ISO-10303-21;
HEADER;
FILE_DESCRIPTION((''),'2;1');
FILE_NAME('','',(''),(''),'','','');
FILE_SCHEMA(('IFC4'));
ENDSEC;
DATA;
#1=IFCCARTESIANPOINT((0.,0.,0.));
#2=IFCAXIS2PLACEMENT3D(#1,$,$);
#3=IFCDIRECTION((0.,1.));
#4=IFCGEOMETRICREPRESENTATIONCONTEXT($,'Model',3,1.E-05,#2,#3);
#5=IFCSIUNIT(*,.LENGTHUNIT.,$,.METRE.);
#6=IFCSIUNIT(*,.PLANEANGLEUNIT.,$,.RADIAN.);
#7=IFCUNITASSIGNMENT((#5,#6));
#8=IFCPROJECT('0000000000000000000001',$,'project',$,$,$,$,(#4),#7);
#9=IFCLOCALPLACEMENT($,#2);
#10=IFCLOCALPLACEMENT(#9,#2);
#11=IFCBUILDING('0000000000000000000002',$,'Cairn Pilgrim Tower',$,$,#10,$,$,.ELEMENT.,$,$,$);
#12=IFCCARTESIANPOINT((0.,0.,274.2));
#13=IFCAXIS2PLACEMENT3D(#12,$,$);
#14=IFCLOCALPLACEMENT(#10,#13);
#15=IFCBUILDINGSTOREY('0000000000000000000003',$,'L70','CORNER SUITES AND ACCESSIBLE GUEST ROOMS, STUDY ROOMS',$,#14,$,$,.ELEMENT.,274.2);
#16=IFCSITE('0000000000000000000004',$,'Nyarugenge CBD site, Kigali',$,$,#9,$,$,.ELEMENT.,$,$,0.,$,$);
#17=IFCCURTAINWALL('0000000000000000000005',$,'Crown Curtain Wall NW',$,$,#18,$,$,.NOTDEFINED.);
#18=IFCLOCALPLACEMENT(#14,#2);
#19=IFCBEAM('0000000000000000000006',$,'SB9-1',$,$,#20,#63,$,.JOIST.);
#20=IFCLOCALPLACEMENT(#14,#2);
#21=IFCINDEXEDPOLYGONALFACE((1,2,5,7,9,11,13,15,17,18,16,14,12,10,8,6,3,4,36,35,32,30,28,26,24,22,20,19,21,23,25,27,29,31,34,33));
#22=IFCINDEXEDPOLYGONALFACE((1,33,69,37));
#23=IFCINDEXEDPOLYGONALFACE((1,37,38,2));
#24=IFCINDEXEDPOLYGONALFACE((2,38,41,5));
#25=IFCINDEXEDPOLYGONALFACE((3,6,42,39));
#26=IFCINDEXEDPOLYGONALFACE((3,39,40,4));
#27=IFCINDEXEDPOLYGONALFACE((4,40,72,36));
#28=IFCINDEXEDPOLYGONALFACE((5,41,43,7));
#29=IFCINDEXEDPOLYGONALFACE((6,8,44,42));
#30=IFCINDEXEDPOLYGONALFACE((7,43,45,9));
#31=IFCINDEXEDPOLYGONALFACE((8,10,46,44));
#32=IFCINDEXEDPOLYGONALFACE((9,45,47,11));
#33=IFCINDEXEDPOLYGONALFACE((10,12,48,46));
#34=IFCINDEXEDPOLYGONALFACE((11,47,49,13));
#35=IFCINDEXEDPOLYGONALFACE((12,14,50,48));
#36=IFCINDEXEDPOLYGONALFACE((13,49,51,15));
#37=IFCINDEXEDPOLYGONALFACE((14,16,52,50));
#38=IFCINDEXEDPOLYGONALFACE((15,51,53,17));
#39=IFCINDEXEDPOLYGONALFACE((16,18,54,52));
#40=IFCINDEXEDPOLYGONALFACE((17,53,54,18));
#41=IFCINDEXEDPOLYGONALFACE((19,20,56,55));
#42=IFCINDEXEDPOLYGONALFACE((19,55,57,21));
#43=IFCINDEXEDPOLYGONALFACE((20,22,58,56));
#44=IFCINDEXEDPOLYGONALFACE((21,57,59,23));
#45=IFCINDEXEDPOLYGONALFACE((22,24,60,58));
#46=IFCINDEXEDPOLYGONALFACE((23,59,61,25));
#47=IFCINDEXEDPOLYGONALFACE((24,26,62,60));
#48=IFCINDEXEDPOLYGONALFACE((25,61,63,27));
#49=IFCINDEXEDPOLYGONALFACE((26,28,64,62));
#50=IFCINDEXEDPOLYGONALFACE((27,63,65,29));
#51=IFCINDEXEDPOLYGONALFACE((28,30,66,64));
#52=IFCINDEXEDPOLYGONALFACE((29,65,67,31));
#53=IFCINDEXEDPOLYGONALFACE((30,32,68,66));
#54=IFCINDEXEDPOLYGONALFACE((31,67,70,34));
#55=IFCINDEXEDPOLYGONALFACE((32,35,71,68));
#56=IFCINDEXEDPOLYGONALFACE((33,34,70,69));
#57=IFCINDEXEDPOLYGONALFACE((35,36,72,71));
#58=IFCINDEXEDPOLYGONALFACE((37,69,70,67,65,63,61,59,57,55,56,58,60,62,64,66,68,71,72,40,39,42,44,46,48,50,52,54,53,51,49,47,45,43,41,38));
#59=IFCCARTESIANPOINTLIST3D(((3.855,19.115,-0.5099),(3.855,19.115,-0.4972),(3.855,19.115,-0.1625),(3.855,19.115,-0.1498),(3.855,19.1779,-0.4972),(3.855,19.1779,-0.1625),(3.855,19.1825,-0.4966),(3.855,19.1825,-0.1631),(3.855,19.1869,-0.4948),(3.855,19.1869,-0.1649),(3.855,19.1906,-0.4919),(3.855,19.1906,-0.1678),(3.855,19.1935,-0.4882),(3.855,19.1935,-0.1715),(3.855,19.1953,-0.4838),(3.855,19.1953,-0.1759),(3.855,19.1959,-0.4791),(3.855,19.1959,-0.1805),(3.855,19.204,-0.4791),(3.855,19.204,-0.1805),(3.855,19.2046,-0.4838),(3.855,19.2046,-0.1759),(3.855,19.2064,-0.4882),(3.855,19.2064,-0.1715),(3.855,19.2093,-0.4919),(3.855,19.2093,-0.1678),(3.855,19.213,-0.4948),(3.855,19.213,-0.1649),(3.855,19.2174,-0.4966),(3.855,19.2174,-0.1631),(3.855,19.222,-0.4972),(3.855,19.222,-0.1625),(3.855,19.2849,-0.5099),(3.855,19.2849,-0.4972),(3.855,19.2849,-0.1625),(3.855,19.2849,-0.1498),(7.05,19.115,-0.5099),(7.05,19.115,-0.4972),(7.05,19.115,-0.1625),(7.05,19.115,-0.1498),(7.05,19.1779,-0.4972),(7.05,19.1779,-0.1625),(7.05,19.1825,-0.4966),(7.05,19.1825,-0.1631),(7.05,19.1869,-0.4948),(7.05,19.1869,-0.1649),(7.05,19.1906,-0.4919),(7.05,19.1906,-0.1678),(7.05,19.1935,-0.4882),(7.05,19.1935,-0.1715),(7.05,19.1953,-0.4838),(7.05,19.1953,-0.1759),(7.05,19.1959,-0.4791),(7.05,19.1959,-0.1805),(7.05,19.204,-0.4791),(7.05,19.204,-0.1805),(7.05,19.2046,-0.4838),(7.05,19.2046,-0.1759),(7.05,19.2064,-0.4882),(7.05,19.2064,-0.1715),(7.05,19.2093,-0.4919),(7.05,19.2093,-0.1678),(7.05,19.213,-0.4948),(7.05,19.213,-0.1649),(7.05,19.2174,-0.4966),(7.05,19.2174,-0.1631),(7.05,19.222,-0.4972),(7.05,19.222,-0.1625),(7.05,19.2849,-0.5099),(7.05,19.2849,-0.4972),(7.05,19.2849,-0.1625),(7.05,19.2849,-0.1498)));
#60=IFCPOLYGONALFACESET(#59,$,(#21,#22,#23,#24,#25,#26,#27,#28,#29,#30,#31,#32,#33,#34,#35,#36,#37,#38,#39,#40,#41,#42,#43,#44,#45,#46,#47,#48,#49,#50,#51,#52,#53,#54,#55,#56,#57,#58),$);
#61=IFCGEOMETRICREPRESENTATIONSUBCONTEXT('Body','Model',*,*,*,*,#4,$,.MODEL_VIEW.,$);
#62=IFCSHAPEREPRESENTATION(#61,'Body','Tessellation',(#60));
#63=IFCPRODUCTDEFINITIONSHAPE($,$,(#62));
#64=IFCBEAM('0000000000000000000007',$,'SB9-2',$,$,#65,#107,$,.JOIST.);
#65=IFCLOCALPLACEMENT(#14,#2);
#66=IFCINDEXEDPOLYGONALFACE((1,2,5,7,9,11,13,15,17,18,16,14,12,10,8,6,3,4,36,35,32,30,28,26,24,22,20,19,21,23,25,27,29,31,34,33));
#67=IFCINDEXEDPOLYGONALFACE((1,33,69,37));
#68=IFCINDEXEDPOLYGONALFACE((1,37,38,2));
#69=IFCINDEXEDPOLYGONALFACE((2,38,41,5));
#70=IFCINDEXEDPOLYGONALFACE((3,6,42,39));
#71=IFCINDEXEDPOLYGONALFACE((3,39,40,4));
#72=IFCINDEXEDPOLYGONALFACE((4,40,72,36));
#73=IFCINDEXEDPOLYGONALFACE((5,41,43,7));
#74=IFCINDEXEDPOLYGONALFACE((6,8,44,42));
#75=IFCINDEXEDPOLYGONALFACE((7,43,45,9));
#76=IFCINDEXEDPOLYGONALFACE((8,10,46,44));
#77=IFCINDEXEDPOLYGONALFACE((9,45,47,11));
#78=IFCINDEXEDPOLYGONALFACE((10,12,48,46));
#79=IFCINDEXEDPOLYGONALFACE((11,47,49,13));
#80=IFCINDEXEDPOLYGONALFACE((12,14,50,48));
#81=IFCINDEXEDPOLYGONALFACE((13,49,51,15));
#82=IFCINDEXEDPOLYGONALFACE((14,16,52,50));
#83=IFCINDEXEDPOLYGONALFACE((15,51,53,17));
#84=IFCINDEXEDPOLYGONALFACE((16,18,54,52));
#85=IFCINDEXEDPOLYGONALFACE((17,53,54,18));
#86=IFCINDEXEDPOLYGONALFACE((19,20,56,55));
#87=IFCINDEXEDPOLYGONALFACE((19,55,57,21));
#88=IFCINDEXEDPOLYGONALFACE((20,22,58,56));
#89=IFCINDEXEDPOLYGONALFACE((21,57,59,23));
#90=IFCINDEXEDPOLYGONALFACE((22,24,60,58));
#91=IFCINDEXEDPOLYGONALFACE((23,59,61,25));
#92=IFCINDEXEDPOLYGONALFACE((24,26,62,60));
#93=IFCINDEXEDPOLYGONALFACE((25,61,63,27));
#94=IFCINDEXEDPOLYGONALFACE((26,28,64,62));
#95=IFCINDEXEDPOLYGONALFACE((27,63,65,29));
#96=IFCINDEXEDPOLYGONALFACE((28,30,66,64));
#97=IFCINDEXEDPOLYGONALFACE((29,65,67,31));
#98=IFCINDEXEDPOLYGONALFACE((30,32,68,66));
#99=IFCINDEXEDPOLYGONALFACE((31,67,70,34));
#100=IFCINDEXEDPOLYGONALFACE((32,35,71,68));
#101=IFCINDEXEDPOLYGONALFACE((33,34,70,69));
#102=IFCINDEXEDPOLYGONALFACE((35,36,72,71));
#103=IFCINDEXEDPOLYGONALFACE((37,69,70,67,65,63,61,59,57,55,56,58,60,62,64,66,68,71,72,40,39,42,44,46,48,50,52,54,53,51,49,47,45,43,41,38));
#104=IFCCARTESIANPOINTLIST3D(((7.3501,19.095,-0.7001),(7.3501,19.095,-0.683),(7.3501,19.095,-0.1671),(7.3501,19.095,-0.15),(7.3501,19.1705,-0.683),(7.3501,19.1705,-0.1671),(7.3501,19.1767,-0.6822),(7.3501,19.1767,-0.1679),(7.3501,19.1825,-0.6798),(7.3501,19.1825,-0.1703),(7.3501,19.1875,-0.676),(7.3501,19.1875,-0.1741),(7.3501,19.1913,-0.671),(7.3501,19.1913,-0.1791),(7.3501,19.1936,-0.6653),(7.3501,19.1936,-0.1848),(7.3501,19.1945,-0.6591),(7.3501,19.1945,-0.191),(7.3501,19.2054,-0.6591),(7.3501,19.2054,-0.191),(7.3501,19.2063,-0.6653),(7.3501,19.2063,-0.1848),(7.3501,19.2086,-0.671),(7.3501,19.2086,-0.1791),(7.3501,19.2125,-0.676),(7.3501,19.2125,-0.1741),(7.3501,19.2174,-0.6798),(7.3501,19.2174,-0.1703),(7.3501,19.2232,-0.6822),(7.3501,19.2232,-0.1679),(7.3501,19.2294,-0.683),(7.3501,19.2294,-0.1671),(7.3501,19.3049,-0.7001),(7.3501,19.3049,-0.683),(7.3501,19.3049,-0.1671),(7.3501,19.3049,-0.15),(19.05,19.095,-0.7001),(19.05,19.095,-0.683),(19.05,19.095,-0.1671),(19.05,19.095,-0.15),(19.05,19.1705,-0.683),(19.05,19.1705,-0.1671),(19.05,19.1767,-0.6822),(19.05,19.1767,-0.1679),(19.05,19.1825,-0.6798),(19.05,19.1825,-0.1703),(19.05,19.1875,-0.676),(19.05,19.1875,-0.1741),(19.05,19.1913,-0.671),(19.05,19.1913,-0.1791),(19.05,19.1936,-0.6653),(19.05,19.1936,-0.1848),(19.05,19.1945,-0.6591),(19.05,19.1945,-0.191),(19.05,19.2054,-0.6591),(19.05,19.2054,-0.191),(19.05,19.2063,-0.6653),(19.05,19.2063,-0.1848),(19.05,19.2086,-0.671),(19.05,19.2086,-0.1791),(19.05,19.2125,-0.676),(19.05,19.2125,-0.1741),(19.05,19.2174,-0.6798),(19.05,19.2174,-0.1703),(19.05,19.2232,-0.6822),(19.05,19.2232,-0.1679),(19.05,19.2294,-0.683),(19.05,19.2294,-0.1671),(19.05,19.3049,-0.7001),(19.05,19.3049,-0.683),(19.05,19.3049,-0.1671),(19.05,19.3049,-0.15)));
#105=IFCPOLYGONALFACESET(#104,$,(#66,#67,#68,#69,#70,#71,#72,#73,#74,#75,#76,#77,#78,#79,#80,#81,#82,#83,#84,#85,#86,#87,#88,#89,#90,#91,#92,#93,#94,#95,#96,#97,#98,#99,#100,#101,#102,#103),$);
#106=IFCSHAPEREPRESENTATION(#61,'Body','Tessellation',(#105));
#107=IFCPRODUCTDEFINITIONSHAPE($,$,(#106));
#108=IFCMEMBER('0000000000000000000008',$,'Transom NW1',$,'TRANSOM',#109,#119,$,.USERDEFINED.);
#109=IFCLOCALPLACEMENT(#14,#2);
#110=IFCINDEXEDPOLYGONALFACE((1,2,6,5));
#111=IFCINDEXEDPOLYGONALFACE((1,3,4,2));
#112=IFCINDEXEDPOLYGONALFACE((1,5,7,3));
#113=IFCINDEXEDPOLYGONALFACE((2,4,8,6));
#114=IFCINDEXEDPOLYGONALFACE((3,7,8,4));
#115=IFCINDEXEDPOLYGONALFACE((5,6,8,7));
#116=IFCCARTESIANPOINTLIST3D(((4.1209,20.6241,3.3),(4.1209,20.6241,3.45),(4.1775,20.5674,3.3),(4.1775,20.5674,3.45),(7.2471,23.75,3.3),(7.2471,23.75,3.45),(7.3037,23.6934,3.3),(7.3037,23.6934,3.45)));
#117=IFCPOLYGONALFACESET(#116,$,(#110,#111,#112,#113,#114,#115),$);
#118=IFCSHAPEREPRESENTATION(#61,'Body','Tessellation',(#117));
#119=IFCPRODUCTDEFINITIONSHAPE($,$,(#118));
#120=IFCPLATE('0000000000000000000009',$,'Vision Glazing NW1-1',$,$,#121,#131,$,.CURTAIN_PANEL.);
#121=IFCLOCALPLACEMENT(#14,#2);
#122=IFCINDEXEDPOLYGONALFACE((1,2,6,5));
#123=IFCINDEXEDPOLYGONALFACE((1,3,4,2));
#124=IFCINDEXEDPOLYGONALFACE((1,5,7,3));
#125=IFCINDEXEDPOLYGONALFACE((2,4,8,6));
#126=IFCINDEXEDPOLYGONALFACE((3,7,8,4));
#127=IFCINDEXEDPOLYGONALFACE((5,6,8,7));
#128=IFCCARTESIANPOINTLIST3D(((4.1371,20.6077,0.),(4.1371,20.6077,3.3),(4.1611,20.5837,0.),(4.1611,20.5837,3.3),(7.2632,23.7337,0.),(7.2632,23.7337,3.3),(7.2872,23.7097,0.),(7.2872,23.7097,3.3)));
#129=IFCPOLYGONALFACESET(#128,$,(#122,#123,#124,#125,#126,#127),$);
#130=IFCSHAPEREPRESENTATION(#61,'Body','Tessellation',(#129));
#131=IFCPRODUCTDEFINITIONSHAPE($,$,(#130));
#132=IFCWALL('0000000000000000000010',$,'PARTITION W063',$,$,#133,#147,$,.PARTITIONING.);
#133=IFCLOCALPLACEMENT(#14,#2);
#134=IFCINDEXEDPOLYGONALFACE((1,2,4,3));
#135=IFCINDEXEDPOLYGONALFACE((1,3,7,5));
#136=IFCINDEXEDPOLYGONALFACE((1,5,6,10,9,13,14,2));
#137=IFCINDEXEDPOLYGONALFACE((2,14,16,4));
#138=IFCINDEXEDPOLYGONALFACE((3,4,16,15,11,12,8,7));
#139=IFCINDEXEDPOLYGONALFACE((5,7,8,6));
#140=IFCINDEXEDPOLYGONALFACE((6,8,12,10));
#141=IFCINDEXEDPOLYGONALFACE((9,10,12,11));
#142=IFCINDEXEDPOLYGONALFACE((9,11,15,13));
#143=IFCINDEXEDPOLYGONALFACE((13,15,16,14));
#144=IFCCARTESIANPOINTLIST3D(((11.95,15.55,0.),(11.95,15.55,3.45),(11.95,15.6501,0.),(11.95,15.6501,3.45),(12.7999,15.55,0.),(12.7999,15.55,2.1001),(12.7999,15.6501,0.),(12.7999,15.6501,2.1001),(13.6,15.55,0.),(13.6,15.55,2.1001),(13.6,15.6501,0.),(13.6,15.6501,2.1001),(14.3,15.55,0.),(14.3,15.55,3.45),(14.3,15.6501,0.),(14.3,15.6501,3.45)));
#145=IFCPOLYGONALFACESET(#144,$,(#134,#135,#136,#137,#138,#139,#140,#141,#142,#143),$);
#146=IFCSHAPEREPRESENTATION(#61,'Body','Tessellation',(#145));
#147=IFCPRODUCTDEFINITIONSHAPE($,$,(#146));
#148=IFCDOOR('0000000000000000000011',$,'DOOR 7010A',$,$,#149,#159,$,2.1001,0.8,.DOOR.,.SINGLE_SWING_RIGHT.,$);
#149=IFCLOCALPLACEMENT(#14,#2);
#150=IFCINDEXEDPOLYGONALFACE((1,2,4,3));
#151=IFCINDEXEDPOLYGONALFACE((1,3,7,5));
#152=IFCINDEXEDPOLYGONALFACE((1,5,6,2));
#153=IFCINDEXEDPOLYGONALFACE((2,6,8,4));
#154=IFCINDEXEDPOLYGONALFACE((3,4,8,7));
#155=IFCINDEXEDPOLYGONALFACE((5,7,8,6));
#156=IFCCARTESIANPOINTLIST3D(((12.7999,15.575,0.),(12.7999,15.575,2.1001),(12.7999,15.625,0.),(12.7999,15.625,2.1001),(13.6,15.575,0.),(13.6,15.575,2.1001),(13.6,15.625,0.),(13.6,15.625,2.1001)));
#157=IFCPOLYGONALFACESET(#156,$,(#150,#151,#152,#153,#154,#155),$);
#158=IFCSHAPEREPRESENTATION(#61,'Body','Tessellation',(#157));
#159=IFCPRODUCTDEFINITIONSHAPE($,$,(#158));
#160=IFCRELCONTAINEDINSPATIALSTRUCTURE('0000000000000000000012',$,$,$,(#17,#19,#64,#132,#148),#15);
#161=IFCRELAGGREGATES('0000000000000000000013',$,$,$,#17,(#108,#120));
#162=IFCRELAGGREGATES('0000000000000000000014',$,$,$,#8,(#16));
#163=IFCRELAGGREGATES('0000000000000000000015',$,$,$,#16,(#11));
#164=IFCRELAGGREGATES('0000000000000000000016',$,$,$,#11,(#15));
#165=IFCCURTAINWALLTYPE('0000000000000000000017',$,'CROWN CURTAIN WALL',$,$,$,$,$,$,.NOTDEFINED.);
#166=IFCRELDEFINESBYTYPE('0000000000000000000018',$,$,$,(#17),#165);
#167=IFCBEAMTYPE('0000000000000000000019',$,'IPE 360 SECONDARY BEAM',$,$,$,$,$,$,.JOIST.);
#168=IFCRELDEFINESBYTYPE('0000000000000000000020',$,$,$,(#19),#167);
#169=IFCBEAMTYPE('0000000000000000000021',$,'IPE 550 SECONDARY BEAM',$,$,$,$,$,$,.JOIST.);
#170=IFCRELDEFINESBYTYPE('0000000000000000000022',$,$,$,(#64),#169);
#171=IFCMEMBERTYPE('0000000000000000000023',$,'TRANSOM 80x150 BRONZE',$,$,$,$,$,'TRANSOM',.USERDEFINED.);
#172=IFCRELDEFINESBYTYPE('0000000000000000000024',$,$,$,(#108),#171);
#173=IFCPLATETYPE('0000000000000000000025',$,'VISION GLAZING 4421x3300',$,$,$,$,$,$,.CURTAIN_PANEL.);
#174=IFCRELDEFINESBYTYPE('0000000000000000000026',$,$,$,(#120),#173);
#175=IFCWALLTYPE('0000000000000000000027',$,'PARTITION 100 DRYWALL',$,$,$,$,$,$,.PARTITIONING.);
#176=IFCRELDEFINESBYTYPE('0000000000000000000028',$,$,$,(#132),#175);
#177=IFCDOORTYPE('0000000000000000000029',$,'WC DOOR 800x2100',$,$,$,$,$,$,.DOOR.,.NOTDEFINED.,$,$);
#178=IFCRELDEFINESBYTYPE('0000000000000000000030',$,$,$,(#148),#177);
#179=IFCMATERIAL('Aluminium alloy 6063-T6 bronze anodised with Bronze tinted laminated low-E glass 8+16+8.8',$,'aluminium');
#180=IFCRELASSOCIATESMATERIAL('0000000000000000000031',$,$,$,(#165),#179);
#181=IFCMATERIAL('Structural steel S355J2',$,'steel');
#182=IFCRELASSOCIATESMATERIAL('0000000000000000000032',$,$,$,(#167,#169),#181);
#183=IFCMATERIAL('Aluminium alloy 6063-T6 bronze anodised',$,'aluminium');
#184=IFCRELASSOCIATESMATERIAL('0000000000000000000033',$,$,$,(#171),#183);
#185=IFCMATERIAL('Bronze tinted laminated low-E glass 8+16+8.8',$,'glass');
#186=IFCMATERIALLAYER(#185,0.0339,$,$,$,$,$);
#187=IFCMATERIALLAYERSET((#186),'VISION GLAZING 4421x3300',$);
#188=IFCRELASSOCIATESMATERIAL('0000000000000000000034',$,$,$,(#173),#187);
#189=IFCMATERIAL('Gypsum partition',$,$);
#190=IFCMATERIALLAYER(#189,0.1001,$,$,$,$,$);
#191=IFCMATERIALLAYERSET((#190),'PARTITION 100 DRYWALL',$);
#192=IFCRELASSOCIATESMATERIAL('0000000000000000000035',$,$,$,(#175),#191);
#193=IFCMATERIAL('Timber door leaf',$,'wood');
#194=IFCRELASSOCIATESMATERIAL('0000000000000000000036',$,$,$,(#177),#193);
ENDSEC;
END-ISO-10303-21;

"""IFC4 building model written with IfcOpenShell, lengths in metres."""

from ifc_helpers import new_model, si_unit, direction, frame, frame_2d, origin, origin_2d, place, context, subcontext, project, spatial, rectangle, i_section, extrude, material, layer, layer_set, material_profile, profile_set, type_object, element, fill, aggregate, save


model = new_model("IFC4")

# Units and contexts
model_context = context("Model", 3, precision=1e-05, world=origin(), true_north=direction((0.0, 1.0)))
body_context = subcontext(model_context, "Body", "Model", "MODEL_VIEW")
ifc_project = project(units=[si_unit("LENGTHUNIT", "METRE"), si_unit("PLANEANGLEUNIT", "RADIAN")], contexts=[model_context])

# Site, building, storey
site_placement = place(None, origin())
site = spatial("IfcSite", under=ifc_project, at=site_placement, Name="Nyarugenge CBD site, Kigali", CompositionType="ELEMENT", RefElevation=0.0)
building_placement = place(site_placement, origin())
building = spatial("IfcBuilding", under=site, at=building_placement, Name="Cairn Pilgrim Tower", CompositionType="ELEMENT")
storey_placement = place(building_placement, frame((0.0, 0.0, 274.2)))
storey = spatial("IfcBuildingStorey", under=building, at=storey_placement, Name="L70", Description="CORNER SUITES AND ACCESSIBLE GUEST ROOMS, STUDY ROOMS", CompositionType="ELEMENT", Elevation=274.2)

# Shared definitions
ifc_material_1 = material(Name="Structural steel S355J2", Category="steel")

# Curtain wall
ifc_material_2 = material(Name="Aluminium alloy 6063-T6 bronze anodised with Bronze tinted laminated low-E glass 8+16+8.8", Category="aluminium")
curtain_wall_type = type_object("IfcCurtainWallType", Name="CROWN CURTAIN WALL", PredefinedType="NOTDEFINED", material=ifc_material_2)
curtain_wall_placement = place(storey_placement, origin())
curtain_wall = element("IfcCurtainWall", 1, at=curtain_wall_placement, inside=storey, type_object=curtain_wall_type, Name="Crown Curtain Wall NW", PredefinedType="NOTDEFINED")
ifc_material_3 = material(Name="Aluminium alloy 6063-T6 bronze anodised", Category="aluminium")

# Beams
ifc_material_profile_1 = material_profile(ifc_material_1, i_section(OverallWidth=0.1699, OverallDepth=0.3601, WebThickness=0.0081, FlangeThickness=0.0127, FilletRadius=0.0181, at=origin_2d()), Name="IPE 360")
ifc_profile_set_1 = profile_set([ifc_material_profile_1], Name="Structural steel S355J2")
beam_type_1 = type_object("IfcBeamType", Name="IPE 360 SECONDARY BEAM", PredefinedType="JOIST", material=ifc_profile_set_1)
beam_1_placement = place(storey_placement, frame((3.855, 19.2, -0.3298), z_axis=(1.0, 0.0, 0.0), x_axis=(0.0, 1.0, 0.0)))
element("IfcBeam", 2, at=beam_1_placement, inside=storey, type_object=beam_type_1, Name="SB9-1", PredefinedType="JOIST", context=body_context, shape_type="SweptSolid", body=[
    extrude(i_section(OverallWidth=0.1699, OverallDepth=0.3601, WebThickness=0.0081, FlangeThickness=0.0127, FilletRadius=0.0181, at=origin_2d()), origin(), (0.0, 0.0, 1.0), 3.1951),
])
ifc_material_profile_2 = material_profile(ifc_material_1, i_section(OverallWidth=0.21, OverallDepth=0.55, WebThickness=0.011, FlangeThickness=0.0171, FilletRadius=0.0239, at=origin_2d()), Name="IPE 550")
ifc_profile_set_2 = profile_set([ifc_material_profile_2], Name="Structural steel S355J2")
beam_type_2 = type_object("IfcBeamType", Name="IPE 550 SECONDARY BEAM", PredefinedType="JOIST", material=ifc_profile_set_2)
beam_2_placement = place(storey_placement, frame((7.3501, 19.2, -0.425), z_axis=(1.0, 0.0, 0.0), x_axis=(0.0, 1.0, 0.0)))
element("IfcBeam", 3, at=beam_2_placement, inside=storey, type_object=beam_type_2, Name="SB9-2", PredefinedType="JOIST", context=body_context, shape_type="SweptSolid", body=[
    extrude(i_section(OverallWidth=0.21, OverallDepth=0.55, WebThickness=0.011, FlangeThickness=0.0171, FilletRadius=0.0239, at=origin_2d()), origin(), (0.0, 0.0, 1.0), 11.7),
])

# Member
ifc_material_profile_3 = material_profile(ifc_material_3, rectangle(XDim=0.0801, YDim=0.1499, at=origin_2d()), Name="TRANSOM 80x150 BRONZE")
ifc_profile_set_3 = profile_set([ifc_material_profile_3], Name="Aluminium alloy 6063-T6 bronze anodised")
member_type_1 = type_object("IfcMemberType", Name="TRANSOM 80x150 BRONZE", ElementType="TRANSOM", PredefinedType="USERDEFINED", material=ifc_profile_set_3)
member_1_placement = place(storey_placement, frame((7.2754, 23.7217, 3.375), z_axis=(-0.707134, -0.707079, 0.0), x_axis=(0.707079, -0.707134, 0.0)))
member_1 = element("IfcMember", 4, at=member_1_placement, type_object=member_type_1, Name="Transom NW1", ObjectType="TRANSOM", PredefinedType="USERDEFINED", context=body_context, shape_type="SweptSolid", body=[
    extrude(rectangle(XDim=0.0801, YDim=0.1499, at=origin_2d()), origin(), (0.0, 0.0, 1.0), 4.4209),
])

# Plate
ifc_material_4 = material(Name="Bronze tinted laminated low-E glass 8+16+8.8", Category="glass")
ifc_layer_1 = layer(ifc_material_4, 0.0339)
ifc_layer_set_1 = layer_set([ifc_layer_1], Name="VISION GLAZING 4421x3300")
plate_type = type_object("IfcPlateType", Name="VISION GLAZING 4421x3300", PredefinedType="CURTAIN_PANEL", material=ifc_layer_set_1)
plate_placement = place(storey_placement, frame((5.7122, 22.1587, 0.0), z_axis=(0.0, 0.0, 1.0), x_axis=(-0.707107, -0.707107, 0.0)))
plate = element("IfcPlate", 5, at=plate_placement, type_object=plate_type, Name="Vision Glazing NW1-1", PredefinedType="CURTAIN_PANEL", context=body_context, shape_type="SweptSolid", body=[
    extrude(rectangle(XDim=4.4209, YDim=0.0339, at=origin_2d()), origin(), (0.0, 0.0, 1.0), 3.3),
])
aggregate(curtain_wall, [member_1, plate])

# Wall, opening, door
ifc_material_5 = material(Name="Gypsum partition")
ifc_layer_2 = layer(ifc_material_5, 0.1001)
ifc_layer_set_2 = layer_set([ifc_layer_2], Name="PARTITION 100 DRYWALL")
wall_type_1 = type_object("IfcWallType", Name="PARTITION 100 DRYWALL", PredefinedType="PARTITIONING", material=ifc_layer_set_2)
wall_1_placement = place(storey_placement, frame((11.95, 15.6001, 0.0), z_axis=(0.0, 0.0, 1.0), x_axis=(1.0, 0.0, 0.0)))
wall_1 = element("IfcWall", 6, at=wall_1_placement, inside=storey, type_object=wall_type_1, Name="PARTITION W063", PredefinedType="PARTITIONING", context=body_context, shape_type="SweptSolid", body=[
    extrude(rectangle(XDim=2.3501, YDim=0.1001, at=frame_2d((1.175, 0.0))), origin(), (0.0, 0.0, 1.0), 3.45),
])
opening_1_placement = place(wall_1_placement, frame((0.8501, 0.0, 0.0)))
opening_1 = element("IfcOpeningElement", 7, at=opening_1_placement, cuts=wall_1, PredefinedType="OPENING", context=body_context, shape_type="SweptSolid", body=[
    extrude(rectangle(XDim=0.8, YDim=2.1001, at=frame_2d((0.3999, 1.05))), frame((0.0, 0.0601, 0.0), z_axis=(0.0, -1.0, 0.0), x_axis=(1.0, 0.0, 0.0)), (0.0, 0.0, 1.0), 0.1201),
])
ifc_material_6 = material(Name="Timber door leaf", Category="wood")
door_type_1 = type_object("IfcDoorType", Name="WC DOOR 800x2100", OperationType="NOTDEFINED", PredefinedType="DOOR", material=ifc_material_6)
door_1_placement = place(opening_1_placement, origin())
door_1 = element("IfcDoor", 8, at=door_1_placement, inside=storey, type_object=door_type_1, Name="DOOR 7010A", OperationType="SINGLE_SWING_RIGHT", OverallHeight=2.1001, OverallWidth=0.8, PredefinedType="DOOR", context=body_context, shape_type="SweptSolid", body=[
    extrude(rectangle(XDim=0.8, YDim=2.1001, at=frame_2d((0.3999, 1.05))), frame((0.0, 0.0249, 0.0), z_axis=(0.0, -1.0, 0.0), x_axis=(1.0, 0.0, 0.0)), (0.0, 0.0, 1.0), 0.05),
])
fill(opening_1, door_1)

save(model, "model.ifc")
